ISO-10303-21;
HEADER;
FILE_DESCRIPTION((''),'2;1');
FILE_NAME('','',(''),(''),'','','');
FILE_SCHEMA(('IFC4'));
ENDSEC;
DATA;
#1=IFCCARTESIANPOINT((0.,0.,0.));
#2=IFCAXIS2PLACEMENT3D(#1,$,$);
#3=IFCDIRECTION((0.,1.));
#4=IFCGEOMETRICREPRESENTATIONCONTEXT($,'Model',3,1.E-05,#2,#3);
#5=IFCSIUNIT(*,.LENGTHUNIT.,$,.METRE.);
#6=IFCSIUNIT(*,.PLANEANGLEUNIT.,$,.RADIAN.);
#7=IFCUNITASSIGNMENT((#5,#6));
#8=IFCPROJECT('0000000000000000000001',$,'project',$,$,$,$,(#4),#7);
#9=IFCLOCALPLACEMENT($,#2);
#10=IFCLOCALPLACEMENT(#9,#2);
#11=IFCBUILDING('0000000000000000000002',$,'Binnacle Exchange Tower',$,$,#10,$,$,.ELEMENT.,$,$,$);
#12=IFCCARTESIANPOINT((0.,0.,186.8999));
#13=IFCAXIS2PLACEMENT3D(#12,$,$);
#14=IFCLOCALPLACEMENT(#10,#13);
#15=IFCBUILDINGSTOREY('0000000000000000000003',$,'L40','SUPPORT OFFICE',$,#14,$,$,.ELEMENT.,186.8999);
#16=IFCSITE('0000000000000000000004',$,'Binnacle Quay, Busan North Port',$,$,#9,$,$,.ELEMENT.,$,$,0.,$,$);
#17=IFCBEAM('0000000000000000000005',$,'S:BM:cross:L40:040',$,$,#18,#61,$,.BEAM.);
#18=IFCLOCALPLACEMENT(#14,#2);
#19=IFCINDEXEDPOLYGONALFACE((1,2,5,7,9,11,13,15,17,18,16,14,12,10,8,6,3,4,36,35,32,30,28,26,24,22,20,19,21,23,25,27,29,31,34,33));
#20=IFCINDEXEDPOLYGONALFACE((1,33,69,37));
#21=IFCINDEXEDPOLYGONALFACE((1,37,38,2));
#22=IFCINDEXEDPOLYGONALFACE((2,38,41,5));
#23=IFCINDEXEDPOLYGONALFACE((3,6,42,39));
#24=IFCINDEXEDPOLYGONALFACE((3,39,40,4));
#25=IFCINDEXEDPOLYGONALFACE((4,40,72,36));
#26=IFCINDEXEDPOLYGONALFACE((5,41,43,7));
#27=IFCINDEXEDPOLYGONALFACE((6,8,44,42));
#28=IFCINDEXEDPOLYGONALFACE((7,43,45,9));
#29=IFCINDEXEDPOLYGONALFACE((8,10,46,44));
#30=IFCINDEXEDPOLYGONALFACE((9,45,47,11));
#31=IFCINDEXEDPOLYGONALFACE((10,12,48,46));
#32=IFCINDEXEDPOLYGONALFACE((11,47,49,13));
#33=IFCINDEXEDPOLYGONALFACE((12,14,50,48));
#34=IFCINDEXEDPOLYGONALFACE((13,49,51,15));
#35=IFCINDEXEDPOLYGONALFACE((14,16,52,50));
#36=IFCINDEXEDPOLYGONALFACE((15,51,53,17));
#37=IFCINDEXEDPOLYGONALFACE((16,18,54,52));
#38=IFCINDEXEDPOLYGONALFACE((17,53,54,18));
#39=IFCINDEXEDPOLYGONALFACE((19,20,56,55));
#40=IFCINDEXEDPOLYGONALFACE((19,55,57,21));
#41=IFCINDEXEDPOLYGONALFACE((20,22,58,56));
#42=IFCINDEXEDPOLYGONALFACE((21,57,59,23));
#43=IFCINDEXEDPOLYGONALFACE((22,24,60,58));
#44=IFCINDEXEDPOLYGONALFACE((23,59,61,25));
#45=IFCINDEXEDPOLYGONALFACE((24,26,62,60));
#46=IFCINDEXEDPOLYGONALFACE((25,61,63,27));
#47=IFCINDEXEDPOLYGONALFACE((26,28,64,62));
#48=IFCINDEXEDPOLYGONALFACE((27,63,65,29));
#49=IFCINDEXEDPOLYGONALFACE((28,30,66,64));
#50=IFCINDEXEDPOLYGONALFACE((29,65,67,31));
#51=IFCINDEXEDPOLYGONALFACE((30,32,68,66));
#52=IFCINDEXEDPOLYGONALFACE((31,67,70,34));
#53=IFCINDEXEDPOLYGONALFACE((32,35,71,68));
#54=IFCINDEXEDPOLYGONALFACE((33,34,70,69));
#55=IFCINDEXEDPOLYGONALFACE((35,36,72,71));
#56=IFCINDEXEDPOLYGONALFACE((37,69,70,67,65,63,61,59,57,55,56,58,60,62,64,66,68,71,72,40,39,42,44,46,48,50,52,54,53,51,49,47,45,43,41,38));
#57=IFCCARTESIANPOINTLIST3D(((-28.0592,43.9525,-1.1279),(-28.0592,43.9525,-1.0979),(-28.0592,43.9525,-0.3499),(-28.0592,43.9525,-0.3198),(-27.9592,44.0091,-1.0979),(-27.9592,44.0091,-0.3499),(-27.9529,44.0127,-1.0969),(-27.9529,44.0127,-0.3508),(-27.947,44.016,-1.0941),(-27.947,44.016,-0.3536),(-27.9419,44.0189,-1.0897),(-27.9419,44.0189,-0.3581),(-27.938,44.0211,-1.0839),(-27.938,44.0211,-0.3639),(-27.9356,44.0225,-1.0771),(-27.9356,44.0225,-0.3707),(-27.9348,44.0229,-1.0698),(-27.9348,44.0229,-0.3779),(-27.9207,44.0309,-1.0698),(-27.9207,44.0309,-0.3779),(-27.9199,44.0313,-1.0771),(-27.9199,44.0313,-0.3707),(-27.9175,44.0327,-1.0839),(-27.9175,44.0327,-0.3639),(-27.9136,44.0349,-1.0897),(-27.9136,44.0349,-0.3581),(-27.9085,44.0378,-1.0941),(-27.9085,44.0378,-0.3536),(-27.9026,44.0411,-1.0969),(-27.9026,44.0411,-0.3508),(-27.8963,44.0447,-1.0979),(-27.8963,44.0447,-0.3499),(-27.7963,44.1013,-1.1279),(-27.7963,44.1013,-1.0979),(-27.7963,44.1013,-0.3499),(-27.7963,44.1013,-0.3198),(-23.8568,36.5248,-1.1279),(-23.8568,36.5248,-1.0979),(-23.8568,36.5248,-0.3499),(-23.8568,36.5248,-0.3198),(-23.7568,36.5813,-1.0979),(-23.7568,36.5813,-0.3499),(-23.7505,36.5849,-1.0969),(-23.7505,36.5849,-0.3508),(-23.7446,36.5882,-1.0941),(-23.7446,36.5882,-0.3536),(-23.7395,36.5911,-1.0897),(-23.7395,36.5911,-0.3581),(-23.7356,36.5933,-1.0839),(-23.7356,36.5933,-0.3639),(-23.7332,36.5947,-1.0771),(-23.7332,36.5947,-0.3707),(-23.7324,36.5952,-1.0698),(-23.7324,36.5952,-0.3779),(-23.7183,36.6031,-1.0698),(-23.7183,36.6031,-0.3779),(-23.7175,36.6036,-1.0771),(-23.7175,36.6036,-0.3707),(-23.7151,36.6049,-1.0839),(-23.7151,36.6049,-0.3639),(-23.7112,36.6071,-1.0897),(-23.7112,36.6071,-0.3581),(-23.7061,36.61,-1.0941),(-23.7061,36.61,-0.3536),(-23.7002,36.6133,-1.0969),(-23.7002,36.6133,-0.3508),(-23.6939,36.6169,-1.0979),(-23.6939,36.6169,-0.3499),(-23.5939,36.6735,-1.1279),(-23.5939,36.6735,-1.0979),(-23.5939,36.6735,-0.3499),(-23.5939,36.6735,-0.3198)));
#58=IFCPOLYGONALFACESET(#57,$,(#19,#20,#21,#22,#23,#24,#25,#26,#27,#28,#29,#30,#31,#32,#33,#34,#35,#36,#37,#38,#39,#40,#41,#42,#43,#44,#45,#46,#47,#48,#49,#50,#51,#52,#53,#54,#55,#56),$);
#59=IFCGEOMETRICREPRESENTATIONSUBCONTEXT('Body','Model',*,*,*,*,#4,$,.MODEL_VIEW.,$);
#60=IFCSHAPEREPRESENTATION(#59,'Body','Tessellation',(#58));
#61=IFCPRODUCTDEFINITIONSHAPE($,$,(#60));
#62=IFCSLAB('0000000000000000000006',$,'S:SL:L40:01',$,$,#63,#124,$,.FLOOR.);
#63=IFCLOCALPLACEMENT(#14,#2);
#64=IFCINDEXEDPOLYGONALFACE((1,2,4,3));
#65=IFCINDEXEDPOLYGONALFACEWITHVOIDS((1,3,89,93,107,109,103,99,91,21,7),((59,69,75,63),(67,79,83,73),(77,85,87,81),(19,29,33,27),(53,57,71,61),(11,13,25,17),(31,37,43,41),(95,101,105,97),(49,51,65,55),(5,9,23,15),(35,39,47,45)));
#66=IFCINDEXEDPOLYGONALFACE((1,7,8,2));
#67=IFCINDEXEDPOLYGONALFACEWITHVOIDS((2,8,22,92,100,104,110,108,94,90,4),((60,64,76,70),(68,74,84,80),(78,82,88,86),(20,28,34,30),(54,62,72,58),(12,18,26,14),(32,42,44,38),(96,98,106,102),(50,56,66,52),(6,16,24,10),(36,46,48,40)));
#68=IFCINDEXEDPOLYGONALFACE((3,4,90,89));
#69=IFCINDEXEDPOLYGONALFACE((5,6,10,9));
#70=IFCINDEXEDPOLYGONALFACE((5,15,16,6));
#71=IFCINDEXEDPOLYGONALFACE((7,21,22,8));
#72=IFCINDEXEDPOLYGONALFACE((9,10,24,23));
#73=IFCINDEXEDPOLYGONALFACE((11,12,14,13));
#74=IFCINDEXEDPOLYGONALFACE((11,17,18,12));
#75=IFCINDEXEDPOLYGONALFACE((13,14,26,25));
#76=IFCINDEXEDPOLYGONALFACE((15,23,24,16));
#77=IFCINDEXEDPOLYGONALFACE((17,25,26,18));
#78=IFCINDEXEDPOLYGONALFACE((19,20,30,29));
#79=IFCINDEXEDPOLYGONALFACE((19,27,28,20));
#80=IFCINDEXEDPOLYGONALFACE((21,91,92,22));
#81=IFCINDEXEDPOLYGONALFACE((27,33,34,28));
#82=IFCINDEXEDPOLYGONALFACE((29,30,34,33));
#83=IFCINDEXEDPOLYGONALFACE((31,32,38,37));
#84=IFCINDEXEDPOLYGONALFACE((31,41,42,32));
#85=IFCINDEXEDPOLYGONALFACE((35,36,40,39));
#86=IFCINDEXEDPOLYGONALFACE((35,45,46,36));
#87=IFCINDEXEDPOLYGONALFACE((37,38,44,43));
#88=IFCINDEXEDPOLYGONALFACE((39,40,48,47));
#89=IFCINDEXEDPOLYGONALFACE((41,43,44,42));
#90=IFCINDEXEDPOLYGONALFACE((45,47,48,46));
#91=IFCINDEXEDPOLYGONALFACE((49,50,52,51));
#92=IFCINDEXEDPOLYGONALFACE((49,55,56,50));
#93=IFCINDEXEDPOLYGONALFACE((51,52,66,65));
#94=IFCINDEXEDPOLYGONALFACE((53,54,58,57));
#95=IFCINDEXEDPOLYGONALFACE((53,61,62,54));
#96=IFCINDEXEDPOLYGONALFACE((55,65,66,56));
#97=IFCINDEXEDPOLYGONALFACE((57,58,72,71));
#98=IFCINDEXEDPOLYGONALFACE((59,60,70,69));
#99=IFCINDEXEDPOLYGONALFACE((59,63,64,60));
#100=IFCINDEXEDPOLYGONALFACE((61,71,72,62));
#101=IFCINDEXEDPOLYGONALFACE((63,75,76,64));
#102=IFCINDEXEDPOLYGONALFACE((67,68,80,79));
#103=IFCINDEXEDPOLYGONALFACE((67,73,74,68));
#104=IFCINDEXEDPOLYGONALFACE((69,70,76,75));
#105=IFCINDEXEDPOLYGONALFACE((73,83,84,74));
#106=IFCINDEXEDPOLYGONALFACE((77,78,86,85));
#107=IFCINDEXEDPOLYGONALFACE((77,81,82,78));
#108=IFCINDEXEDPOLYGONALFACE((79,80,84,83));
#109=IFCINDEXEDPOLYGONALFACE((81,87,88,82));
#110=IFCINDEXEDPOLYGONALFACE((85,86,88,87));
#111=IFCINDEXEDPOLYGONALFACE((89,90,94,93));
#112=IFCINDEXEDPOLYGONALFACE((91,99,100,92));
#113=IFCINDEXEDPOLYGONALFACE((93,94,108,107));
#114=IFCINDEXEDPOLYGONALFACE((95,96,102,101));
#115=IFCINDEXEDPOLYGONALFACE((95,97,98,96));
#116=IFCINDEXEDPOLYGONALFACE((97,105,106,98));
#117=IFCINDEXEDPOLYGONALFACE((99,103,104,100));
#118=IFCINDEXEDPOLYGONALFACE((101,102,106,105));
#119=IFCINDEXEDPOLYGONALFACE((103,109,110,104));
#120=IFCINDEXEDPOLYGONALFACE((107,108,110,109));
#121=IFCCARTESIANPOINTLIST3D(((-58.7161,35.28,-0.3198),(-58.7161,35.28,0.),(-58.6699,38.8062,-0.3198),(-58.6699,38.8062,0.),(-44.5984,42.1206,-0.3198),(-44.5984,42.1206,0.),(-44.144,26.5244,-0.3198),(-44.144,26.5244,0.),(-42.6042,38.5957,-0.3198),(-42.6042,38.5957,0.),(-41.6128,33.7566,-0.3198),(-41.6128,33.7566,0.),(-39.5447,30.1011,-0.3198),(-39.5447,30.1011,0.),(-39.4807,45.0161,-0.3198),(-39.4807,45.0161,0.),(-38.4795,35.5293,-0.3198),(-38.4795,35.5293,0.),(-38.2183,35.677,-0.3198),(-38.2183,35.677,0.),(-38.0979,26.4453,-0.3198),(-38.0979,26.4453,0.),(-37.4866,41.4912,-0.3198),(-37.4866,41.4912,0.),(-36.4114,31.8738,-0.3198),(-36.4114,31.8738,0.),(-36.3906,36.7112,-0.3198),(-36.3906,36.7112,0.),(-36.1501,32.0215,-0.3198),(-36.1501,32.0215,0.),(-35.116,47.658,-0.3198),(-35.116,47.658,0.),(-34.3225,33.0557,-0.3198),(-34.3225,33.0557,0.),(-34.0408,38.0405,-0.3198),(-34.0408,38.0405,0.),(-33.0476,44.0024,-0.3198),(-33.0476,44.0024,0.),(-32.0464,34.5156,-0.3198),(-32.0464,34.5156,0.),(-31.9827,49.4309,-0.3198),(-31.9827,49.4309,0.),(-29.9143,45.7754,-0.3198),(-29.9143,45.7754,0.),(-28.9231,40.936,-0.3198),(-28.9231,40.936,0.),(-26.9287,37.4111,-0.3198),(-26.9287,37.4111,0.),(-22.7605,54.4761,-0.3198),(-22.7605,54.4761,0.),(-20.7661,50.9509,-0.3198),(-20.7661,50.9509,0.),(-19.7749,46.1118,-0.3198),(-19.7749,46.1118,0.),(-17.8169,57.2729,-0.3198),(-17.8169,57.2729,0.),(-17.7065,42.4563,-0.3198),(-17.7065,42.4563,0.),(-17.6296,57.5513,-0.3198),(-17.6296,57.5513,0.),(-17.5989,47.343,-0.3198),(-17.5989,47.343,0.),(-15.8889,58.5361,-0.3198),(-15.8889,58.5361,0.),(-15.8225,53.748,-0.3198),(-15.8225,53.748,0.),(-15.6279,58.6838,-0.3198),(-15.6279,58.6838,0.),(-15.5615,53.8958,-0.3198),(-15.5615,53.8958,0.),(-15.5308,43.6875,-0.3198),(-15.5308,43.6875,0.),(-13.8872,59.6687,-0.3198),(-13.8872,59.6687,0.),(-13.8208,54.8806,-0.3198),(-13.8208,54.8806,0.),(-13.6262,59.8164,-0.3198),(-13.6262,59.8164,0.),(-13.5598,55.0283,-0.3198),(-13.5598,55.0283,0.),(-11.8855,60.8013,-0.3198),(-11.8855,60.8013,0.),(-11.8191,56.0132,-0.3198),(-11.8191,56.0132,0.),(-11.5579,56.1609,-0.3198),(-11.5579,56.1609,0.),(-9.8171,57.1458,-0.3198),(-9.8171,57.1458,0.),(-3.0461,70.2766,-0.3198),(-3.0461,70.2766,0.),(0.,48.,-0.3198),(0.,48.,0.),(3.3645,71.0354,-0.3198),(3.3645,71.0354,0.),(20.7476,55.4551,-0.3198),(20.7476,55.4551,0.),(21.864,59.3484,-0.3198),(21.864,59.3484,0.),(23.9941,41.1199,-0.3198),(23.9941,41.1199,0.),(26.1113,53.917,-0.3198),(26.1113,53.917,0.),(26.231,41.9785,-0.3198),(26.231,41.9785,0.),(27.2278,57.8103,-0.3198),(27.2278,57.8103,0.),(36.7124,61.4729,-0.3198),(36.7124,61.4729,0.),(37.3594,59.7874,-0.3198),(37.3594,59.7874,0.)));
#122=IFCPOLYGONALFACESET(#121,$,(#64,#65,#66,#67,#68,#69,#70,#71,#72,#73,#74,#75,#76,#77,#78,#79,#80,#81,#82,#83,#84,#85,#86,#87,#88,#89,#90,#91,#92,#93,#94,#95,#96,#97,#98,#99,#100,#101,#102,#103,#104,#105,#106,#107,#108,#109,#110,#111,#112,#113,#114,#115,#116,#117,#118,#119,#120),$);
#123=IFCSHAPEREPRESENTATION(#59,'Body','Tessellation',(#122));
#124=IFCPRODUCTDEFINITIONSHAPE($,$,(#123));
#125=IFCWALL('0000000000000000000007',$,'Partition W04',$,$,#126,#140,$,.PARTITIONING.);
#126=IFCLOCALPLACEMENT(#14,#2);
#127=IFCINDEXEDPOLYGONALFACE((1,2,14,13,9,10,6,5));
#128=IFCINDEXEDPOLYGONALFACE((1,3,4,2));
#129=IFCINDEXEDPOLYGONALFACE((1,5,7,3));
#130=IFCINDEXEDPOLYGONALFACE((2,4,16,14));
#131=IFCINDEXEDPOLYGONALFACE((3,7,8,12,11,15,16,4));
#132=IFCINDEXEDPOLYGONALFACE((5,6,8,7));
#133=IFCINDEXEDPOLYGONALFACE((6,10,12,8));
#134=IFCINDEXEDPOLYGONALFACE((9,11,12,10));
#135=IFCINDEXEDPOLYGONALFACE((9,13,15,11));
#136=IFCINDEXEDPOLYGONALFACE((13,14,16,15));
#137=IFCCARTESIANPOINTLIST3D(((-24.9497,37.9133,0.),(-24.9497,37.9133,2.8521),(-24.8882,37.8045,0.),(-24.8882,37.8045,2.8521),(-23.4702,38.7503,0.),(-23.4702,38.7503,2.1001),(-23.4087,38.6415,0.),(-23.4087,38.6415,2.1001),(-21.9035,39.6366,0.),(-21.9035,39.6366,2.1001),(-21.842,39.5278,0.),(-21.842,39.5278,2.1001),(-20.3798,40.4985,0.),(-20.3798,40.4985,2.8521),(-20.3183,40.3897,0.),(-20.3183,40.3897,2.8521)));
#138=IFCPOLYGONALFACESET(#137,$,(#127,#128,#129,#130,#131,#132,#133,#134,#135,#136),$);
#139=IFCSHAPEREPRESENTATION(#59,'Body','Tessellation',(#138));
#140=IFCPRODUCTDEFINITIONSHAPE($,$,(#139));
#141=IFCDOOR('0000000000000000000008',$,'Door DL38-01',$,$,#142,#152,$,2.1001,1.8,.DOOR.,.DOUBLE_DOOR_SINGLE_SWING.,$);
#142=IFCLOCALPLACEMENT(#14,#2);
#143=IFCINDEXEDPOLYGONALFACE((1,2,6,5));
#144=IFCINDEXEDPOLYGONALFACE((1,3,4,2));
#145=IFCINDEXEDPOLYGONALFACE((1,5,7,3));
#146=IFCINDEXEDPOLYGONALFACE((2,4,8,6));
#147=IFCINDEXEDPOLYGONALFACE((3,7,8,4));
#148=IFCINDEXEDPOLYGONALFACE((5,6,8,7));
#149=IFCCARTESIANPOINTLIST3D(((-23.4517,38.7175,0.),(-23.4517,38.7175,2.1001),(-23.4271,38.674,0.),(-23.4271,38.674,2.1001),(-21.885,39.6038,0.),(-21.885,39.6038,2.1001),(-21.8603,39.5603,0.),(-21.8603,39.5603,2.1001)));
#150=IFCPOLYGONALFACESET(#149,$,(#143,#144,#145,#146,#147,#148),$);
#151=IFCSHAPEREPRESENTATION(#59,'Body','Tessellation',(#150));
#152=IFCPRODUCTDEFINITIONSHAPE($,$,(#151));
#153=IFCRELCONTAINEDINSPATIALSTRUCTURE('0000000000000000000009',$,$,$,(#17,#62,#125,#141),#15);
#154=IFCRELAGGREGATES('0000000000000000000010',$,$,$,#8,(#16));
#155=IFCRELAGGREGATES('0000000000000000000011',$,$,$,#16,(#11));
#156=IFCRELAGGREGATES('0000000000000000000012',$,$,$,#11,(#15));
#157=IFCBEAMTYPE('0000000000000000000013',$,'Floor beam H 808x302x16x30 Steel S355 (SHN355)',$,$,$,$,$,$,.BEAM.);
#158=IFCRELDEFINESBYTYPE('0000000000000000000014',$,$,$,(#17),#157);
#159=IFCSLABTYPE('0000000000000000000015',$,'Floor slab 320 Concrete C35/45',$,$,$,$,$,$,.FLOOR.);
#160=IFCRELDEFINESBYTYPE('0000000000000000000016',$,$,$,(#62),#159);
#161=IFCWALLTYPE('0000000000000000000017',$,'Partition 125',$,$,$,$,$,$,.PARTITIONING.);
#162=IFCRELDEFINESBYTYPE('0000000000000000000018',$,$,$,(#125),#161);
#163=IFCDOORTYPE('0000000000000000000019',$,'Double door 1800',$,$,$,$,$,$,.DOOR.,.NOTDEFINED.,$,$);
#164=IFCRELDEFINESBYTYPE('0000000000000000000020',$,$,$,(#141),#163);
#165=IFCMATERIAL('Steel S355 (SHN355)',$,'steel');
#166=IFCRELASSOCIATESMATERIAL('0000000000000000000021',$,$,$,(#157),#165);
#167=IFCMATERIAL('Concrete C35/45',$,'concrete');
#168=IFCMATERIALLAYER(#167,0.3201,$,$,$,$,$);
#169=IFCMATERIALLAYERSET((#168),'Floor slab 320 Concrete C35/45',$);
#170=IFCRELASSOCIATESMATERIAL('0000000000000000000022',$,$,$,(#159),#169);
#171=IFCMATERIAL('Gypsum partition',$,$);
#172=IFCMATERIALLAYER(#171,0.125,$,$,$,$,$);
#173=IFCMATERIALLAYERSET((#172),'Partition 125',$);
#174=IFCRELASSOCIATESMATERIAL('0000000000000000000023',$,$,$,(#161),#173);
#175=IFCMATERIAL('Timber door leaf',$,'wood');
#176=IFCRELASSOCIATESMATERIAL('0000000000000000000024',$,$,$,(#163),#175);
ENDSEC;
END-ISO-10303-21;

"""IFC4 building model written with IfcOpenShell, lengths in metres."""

from ifc_helpers import new_model, si_unit, direction, frame, frame_2d, origin, origin_2d, place, context, subcontext, project, spatial, polyline, rectangle, i_section, outline, extrude, material, layer, layer_set, material_profile, profile_set, type_object, element, fill, save


model = new_model("IFC4")

# Units and contexts
model_context = context("Model", 3, precision=1e-05, world=origin(), true_north=direction((0.0, 1.0)))
body_context = subcontext(model_context, "Body", "Model", "MODEL_VIEW")
ifc_project = project(units=[si_unit("LENGTHUNIT", "METRE"), si_unit("PLANEANGLEUNIT", "RADIAN")], contexts=[model_context])

# Site, building, storey
site_placement = place(None, origin())
site = spatial("IfcSite", under=ifc_project, at=site_placement, Name="Binnacle Quay, Busan North Port", CompositionType="ELEMENT", RefElevation=0.0)
building_placement = place(site_placement, origin())
building = spatial("IfcBuilding", under=site, at=building_placement, Name="Binnacle Exchange Tower", CompositionType="ELEMENT")
storey_placement = place(building_placement, frame((0.0, 0.0, 186.8999)))
storey = spatial("IfcBuildingStorey", under=building, at=storey_placement, Name="L40", Description="SUPPORT OFFICE", CompositionType="ELEMENT", Elevation=186.8999)

# Beam
ifc_material_1 = material(Name="Steel S355 (SHN355)", Category="steel")
ifc_material_profile_1 = material_profile(ifc_material_1, i_section(OverallWidth=0.302, OverallDepth=0.8081, WebThickness=0.0161, FlangeThickness=0.03, FilletRadius=0.0281, at=origin_2d()), Name="H 808x302x16x30")
ifc_profile_set_1 = profile_set([ifc_material_profile_1], Name="Steel S355 (SHN355)")
beam_type_1 = type_object("IfcBeamType", Name="Floor beam H 808x302x16x30 Steel S355 (SHN355)", PredefinedType="BEAM", material=ifc_profile_set_1)
beam_1_placement = place(storey_placement, frame((-23.7253, 36.5991, -0.7239), z_axis=(-0.492422, 0.870357, 0.0), x_axis=(-0.870357, -0.492422, 0.0)))
element("IfcBeam", 1, at=beam_1_placement, inside=storey, type_object=beam_type_1, Name="S:BM:cross:L40:040", PredefinedType="BEAM", context=body_context, shape_type="SweptSolid", body=[
    extrude(i_section(OverallWidth=0.302, OverallDepth=0.8081, WebThickness=0.0161, FlangeThickness=0.03, FilletRadius=0.0281, at=origin_2d()), origin(), (0.0, 0.0, 1.0), 8.5342),
])

# Slab
ifc_material_2 = material(Name="Concrete C35/45", Category="concrete")
ifc_layer_1 = layer(ifc_material_2, 0.3201)
ifc_layer_set_1 = layer_set([ifc_layer_1], Name="Floor slab 320 Concrete C35/45")
slab_type = type_object("IfcSlabType", Name="Floor slab 320 Concrete C35/45", PredefinedType="FLOOR", material=ifc_layer_set_1)
slab_placement = place(storey_placement, frame((0.0, 0.0, -0.3198)))
element("IfcSlab", 2, at=slab_placement, inside=storey, type_object=slab_type, Name="S:SL:L40:01", PredefinedType="FLOOR", context=body_context, shape_type="SweptSolid", body=[
    extrude(outline(polyline([(-58.7161, 35.28), (-58.6699, 38.8062), (-3.0461, 70.2766), (3.3645, 71.0354), (36.7124, 61.4729), (37.3594, 59.7874), (26.231, 41.9785), (23.9941, 41.1199), (0.0, 48.0), (-38.0979, 26.4453), (-44.144, 26.5244), (-58.7161, 35.28)]), holes=[polyline([(-38.4795, 35.5293), (-41.6128, 33.7566), (-39.5447, 30.1011), (-36.4114, 31.8738), (-38.4795, 35.5293)]), polyline([(-36.3906, 36.7112), (-38.2183, 35.677), (-36.1501, 32.0215), (-34.3225, 33.0557), (-36.3906, 36.7112)]), polyline([(-32.0464, 34.5156), (-26.9287, 37.4111), (-28.9231, 40.936), (-34.0408, 38.0405), (-32.0464, 34.5156)]), polyline([(-37.4866, 41.4912), (-39.4807, 45.0161), (-44.5984, 42.1206), (-42.6042, 38.5957), (-37.4866, 41.4912)]), polyline([(-29.9143, 45.7754), (-31.9827, 49.4309), (-35.116, 47.658), (-33.0476, 44.0024), (-29.9143, 45.7754)]), polyline([(-17.8169, 57.2729), (-22.7605, 54.4761), (-20.7661, 50.9509), (-15.8225, 53.748), (-17.8169, 57.2729)]), polyline([(-15.5308, 43.6875), (-17.5989, 47.343), (-19.7749, 46.1118), (-17.7065, 42.4563), (-15.5308, 43.6875)]), polyline([(-13.8208, 54.8806), (-15.8889, 58.5361), (-17.6296, 57.5513), (-15.5615, 53.8958), (-13.8208, 54.8806)]), polyline([(27.2278, 57.8103), (21.864, 59.3484), (20.7476, 55.4551), (26.1113, 53.917), (27.2278, 57.8103)]), polyline([(-11.8191, 56.0132), (-13.8872, 59.6687), (-15.6279, 58.6838), (-13.5598, 55.0283), (-11.8191, 56.0132)]), polyline([(-9.8171, 57.1458), (-11.8855, 60.8013), (-13.6262, 59.8164), (-11.5579, 56.1609), (-9.8171, 57.1458)])]), origin(), (0.0, 0.0, 1.0), 0.3198),
])

# Wall, opening, door
ifc_material_3 = material(Name="Gypsum partition")
ifc_layer_2 = layer(ifc_material_3, 0.125)
ifc_layer_set_2 = layer_set([ifc_layer_2], Name="Partition 125")
wall_type = type_object("IfcWallType", Name="Partition 125", PredefinedType="PARTITIONING", material=ifc_layer_set_2)
wall_1_placement = place(storey_placement, frame((-24.9189, 37.8589, 0.0), z_axis=(0.0, 0.0, 1.0), x_axis=(0.870378, 0.492384, 0.0)))
wall_1 = element("IfcWall", 3, at=wall_1_placement, inside=storey, type_object=wall_type, Name="Partition W04", PredefinedType="PARTITIONING", context=body_context, shape_type="SweptSolid", body=[
    extrude(rectangle(XDim=5.2505, YDim=0.125, at=frame_2d((2.6252, 0.0))), origin(), (0.0, 0.0, 1.0), 2.8521),
])
opening_1_placement = place(wall_1_placement, frame((1.7, 0.0, 0.0)))
opening_1 = element("IfcOpeningElement", 4, at=opening_1_placement, cuts=wall_1, PredefinedType="OPENING", context=body_context, shape_type="SweptSolid", body=[
    extrude(rectangle(XDim=1.8, YDim=2.1001, at=frame_2d((0.8999, 1.05))), frame((0.0, 0.0725, 0.0), z_axis=(0.0, -1.0, 0.0), x_axis=(1.0, 0.0, 0.0)), (0.0, 0.0, 1.0), 0.145),
])
ifc_material_4 = material(Name="Timber door leaf", Category="wood")
door_type_1 = type_object("IfcDoorType", Name="Double door 1800", OperationType="NOTDEFINED", PredefinedType="DOOR", material=ifc_material_4)
door_1_placement = place(opening_1_placement, origin())
door_1 = element("IfcDoor", 5, at=door_1_placement, inside=storey, type_object=door_type_1, Name="Door DL38-01", OperationType="DOUBLE_DOOR_SINGLE_SWING", OverallHeight=2.1001, OverallWidth=1.8, PredefinedType="DOOR", context=body_context, shape_type="SweptSolid", body=[
    extrude(rectangle(XDim=1.8, YDim=2.1001, at=frame_2d((0.8999, 1.05))), frame((0.0, 0.0249, 0.0), z_axis=(0.0, -1.0, 0.0), x_axis=(1.0, 0.0, 0.0)), (0.0, 0.0, 1.0), 0.05),
])
fill(opening_1, door_1)

save(model, "model.ifc")
